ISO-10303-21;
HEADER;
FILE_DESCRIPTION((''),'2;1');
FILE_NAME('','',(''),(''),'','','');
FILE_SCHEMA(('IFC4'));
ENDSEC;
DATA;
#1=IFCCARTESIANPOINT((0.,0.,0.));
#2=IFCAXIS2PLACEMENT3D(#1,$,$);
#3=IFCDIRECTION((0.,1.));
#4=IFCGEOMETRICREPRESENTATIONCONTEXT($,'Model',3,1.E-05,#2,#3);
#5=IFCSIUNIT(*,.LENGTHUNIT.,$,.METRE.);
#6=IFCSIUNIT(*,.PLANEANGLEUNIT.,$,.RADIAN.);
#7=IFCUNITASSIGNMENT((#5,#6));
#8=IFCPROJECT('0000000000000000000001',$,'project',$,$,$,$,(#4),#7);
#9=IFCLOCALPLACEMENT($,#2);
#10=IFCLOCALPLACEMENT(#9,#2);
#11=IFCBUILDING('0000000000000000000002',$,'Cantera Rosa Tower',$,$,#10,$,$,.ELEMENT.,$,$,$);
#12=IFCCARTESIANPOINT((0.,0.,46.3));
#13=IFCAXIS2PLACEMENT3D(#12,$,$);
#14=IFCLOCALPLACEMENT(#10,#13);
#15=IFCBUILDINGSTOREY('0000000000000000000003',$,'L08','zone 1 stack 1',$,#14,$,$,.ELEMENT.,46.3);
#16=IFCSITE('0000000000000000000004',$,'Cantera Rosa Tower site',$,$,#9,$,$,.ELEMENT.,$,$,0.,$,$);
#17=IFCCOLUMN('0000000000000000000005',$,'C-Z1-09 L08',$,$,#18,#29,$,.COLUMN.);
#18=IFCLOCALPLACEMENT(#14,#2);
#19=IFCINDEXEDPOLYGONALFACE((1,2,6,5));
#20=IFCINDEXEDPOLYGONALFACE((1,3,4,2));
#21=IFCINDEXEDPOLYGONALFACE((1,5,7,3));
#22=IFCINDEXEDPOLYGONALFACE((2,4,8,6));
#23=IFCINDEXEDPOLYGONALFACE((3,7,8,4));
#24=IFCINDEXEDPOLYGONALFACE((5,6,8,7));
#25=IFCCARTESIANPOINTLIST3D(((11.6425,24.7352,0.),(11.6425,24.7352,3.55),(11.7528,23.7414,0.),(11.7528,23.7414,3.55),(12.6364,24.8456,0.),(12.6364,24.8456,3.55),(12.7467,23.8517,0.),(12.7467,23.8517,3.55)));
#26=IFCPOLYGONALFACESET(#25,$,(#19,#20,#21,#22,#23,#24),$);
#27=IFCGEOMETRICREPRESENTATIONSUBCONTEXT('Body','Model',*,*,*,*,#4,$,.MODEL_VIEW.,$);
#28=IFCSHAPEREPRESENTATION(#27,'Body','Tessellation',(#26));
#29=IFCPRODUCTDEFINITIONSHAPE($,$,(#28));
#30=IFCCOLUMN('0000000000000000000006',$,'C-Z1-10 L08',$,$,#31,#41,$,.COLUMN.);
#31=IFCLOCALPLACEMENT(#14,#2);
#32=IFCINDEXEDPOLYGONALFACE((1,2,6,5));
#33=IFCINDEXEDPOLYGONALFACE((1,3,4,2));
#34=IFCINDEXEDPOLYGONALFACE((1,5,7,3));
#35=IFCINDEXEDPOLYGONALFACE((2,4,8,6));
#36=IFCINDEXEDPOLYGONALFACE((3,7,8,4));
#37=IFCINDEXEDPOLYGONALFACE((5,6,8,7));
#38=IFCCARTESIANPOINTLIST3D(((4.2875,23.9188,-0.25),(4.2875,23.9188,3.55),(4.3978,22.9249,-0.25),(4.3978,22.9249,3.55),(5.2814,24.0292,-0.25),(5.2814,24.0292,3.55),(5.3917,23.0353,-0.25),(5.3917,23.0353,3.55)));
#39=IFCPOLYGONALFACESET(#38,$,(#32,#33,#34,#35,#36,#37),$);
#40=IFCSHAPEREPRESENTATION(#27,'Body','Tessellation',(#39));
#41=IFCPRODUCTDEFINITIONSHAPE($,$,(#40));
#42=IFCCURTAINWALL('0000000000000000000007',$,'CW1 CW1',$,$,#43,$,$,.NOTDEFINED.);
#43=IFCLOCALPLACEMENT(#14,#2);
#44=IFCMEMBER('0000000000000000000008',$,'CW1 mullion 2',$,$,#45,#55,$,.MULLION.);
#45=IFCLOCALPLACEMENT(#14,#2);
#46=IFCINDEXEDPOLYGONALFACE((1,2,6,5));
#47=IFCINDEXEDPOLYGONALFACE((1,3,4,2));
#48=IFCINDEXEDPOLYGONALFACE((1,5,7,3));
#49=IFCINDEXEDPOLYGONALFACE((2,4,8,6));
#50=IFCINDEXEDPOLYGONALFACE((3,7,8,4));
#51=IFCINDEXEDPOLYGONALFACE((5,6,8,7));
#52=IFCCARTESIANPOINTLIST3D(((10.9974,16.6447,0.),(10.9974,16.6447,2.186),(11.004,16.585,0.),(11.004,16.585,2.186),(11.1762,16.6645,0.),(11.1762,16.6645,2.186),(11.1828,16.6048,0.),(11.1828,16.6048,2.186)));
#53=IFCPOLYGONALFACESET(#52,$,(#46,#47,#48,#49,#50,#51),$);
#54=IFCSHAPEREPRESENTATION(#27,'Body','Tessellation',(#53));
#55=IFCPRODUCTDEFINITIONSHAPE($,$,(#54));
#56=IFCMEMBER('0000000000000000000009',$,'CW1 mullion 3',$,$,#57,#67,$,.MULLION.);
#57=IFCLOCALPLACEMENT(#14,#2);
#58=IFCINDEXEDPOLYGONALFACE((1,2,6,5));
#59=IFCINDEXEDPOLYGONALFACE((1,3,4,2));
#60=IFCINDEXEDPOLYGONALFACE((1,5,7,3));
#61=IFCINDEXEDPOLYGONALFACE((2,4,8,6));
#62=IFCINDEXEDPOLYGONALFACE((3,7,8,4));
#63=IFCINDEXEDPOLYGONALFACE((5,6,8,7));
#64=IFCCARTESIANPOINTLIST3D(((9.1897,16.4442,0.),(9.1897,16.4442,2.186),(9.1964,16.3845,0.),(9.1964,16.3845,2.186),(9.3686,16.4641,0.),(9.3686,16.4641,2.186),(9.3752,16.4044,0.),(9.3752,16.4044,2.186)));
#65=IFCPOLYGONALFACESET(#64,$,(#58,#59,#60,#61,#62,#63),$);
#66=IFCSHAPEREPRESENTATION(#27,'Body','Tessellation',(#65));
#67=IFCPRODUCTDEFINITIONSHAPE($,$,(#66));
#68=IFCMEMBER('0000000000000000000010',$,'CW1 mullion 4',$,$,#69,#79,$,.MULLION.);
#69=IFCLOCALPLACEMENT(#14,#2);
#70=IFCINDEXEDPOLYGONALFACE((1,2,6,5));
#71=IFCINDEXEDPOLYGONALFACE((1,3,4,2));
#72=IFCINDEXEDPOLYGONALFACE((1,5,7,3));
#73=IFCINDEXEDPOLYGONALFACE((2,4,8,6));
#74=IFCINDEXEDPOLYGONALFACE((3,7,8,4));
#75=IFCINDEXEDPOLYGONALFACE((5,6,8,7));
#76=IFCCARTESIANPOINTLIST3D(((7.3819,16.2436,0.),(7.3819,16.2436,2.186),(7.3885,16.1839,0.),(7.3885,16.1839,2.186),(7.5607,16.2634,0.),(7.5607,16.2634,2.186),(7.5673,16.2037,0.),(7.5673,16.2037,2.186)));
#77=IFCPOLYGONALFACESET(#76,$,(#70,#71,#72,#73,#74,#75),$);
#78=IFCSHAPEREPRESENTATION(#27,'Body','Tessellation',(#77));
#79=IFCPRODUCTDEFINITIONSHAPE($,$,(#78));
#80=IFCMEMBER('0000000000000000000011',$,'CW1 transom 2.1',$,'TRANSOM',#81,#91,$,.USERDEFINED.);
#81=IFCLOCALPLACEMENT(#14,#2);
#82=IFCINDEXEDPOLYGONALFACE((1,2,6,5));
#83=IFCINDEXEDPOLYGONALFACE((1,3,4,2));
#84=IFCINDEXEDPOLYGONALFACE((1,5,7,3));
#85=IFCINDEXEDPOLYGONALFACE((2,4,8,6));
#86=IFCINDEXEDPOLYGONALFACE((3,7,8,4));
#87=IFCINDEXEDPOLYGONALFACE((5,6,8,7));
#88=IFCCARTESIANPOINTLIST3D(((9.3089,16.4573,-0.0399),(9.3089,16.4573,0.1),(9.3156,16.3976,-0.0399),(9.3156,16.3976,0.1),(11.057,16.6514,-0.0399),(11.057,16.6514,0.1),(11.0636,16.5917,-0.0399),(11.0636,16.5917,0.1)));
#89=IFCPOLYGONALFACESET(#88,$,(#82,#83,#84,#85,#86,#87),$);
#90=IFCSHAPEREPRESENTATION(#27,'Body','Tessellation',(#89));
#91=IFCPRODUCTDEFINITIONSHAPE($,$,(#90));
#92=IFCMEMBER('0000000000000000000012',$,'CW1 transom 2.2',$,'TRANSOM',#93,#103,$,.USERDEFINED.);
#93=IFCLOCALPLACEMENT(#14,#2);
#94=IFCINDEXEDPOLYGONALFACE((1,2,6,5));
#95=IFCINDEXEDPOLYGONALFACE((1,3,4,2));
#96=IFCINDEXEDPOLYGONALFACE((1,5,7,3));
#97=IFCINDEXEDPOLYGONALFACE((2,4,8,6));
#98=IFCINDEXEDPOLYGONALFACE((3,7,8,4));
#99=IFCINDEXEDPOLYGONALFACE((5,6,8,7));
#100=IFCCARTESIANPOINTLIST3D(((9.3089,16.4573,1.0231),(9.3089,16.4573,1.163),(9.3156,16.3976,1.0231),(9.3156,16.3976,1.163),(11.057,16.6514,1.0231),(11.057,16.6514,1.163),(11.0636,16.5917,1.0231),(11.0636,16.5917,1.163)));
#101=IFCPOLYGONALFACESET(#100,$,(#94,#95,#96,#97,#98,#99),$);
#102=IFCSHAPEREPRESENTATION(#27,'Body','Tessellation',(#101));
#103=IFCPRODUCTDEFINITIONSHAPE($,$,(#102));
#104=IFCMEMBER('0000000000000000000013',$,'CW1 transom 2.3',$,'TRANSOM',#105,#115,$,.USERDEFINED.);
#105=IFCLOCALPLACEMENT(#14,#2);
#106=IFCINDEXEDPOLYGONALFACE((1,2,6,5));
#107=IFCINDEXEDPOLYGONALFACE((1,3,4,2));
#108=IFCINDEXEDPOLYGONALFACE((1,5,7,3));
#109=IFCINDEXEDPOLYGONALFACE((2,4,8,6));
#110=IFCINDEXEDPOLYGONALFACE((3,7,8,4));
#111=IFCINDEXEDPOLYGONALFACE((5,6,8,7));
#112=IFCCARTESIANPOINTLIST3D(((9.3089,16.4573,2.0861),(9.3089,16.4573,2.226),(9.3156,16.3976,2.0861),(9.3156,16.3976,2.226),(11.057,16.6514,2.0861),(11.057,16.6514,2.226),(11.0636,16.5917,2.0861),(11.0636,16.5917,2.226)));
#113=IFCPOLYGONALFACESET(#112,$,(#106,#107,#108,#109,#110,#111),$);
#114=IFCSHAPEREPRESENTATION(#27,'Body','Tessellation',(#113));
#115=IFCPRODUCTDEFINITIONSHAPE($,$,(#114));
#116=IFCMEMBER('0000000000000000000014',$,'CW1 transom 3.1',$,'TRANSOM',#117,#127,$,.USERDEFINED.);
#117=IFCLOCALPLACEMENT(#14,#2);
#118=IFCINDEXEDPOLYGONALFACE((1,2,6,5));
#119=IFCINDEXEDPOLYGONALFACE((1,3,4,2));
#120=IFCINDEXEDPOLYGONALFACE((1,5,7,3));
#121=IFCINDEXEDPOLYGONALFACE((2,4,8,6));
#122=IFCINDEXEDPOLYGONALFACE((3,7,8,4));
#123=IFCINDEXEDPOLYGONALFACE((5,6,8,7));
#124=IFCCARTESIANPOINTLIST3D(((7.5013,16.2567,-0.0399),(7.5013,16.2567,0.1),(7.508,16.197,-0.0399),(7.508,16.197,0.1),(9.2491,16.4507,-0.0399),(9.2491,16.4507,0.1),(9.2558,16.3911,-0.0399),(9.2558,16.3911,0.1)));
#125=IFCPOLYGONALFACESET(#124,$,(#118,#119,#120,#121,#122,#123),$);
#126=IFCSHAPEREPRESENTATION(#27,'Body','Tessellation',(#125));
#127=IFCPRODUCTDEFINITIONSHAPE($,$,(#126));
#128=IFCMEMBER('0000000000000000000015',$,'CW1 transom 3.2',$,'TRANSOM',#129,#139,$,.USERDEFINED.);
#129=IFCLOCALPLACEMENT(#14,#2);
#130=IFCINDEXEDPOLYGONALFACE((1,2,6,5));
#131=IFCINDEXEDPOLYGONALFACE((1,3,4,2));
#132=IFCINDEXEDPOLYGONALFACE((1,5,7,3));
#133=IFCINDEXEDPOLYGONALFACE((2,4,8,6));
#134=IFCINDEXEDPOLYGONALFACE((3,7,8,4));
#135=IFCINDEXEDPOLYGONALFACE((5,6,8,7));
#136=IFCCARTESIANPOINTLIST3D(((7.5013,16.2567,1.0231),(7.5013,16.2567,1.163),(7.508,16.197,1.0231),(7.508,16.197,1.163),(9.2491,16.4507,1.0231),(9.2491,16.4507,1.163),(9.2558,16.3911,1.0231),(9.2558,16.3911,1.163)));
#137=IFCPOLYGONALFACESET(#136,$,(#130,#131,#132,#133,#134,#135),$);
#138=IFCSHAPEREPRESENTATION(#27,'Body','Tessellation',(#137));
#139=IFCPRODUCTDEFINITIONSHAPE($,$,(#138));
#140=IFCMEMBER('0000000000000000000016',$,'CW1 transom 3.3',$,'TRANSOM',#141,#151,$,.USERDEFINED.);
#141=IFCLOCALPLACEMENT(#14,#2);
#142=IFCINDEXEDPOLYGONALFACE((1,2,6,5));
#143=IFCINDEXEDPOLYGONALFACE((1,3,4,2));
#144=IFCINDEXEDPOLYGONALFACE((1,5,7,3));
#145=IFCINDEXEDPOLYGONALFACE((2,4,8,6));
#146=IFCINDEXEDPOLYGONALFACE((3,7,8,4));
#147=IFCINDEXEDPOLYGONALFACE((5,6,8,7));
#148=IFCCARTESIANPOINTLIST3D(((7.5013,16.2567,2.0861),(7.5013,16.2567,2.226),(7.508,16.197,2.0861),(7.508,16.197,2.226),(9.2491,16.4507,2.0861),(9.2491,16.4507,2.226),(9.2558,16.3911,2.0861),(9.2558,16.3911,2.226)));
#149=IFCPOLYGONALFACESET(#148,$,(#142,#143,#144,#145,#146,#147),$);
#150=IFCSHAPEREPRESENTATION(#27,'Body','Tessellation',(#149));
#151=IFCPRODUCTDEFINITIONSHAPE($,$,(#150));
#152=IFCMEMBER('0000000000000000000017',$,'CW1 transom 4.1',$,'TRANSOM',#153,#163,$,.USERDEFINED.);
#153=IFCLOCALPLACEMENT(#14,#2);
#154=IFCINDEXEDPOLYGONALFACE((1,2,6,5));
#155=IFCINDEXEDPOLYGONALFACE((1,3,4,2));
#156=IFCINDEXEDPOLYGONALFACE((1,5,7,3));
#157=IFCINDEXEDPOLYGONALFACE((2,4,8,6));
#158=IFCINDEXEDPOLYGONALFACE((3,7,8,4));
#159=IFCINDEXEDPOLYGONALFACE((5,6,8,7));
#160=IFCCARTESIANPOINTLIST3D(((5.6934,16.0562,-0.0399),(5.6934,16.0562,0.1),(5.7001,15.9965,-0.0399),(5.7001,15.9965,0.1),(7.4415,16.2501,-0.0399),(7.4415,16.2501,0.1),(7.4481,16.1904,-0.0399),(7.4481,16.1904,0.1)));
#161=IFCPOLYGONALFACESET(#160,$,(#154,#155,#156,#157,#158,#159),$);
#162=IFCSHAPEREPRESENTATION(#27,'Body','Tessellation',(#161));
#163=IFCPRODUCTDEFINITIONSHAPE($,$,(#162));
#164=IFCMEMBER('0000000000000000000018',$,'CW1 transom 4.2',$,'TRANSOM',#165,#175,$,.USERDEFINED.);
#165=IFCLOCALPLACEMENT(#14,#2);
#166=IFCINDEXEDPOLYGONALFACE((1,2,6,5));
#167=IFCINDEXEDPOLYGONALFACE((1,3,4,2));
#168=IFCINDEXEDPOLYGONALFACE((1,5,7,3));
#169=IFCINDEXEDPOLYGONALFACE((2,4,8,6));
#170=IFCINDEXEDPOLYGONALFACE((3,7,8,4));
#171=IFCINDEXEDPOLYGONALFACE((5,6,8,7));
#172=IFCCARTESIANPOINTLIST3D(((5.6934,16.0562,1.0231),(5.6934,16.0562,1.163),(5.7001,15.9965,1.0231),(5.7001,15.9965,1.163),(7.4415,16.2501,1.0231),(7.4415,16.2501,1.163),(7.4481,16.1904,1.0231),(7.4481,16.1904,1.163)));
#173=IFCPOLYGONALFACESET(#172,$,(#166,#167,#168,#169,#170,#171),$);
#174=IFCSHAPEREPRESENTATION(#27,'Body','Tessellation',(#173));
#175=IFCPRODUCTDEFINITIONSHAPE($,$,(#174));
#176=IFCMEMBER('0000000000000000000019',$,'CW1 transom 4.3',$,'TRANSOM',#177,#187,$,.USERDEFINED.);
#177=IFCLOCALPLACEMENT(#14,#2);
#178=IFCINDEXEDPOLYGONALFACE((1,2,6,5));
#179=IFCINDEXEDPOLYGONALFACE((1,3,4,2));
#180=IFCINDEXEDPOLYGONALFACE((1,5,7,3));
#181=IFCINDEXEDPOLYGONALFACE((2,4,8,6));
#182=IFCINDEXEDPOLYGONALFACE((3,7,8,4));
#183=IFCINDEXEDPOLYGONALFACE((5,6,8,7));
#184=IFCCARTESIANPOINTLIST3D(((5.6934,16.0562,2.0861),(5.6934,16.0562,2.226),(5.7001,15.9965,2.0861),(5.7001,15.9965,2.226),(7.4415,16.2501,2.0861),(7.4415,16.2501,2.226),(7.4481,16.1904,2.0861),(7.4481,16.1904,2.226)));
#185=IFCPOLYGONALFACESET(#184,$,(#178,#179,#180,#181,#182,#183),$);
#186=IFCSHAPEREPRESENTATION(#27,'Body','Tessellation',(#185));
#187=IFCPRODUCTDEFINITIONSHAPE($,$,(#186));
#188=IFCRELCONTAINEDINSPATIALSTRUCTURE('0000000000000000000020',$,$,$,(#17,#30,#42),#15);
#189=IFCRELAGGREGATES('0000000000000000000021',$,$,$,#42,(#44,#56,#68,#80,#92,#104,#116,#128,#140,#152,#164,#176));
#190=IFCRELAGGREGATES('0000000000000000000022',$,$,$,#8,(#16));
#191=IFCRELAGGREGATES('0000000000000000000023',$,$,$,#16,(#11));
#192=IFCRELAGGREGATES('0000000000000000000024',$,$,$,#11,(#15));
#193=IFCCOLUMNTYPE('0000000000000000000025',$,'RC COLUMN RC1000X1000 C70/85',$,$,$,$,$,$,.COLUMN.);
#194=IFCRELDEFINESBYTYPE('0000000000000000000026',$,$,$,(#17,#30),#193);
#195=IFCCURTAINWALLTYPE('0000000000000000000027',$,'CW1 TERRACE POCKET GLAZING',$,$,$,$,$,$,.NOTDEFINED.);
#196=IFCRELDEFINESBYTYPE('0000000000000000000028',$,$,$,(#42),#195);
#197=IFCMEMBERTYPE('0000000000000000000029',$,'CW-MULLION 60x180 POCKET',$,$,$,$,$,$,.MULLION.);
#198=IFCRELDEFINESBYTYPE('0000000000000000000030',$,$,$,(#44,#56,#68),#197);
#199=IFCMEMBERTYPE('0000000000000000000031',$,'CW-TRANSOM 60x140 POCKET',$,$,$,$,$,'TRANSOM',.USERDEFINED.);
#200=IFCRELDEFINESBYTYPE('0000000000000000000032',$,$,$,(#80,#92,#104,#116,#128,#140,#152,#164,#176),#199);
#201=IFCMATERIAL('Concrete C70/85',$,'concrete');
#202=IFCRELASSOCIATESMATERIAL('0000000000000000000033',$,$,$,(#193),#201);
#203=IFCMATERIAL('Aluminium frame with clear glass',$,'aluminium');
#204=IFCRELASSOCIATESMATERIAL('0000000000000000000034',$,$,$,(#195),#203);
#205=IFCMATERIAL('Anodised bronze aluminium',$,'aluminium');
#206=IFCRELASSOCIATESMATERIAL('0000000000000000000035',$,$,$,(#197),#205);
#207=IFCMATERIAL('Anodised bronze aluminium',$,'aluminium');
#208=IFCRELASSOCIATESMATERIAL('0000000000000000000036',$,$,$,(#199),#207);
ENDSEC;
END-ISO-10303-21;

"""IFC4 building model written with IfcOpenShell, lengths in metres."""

from ifc_helpers import new_model, si_unit, direction, frame, origin, origin_2d, place, context, subcontext, project, spatial, rectangle, extrude, material, material_profile, profile_set, type_object, element, aggregate, save


model = new_model("IFC4")

# Units and contexts
model_context = context("Model", 3, precision=1e-05, world=origin(), true_north=direction((0.0, 1.0)))
body_context = subcontext(model_context, "Body", "Model", "MODEL_VIEW")
ifc_project = project(units=[si_unit("LENGTHUNIT", "METRE"), si_unit("PLANEANGLEUNIT", "RADIAN")], contexts=[model_context])

# Site, building, storey
site_placement = place(None, origin())
site = spatial("IfcSite", under=ifc_project, at=site_placement, Name="Cantera Rosa Tower site", CompositionType="ELEMENT", RefElevation=0.0)
building_placement = place(site_placement, origin())
building = spatial("IfcBuilding", under=site, at=building_placement, Name="Cantera Rosa Tower", CompositionType="ELEMENT")
storey_placement = place(building_placement, frame((0.0, 0.0, 46.3)))
storey = spatial("IfcBuildingStorey", under=building, at=storey_placement, Name="L08", Description="zone 1 stack 1", CompositionType="ELEMENT", Elevation=46.3)

# Columns
ifc_material_1 = material(Name="Concrete C70/85", Category="concrete")
ifc_material_profile_1 = material_profile(ifc_material_1, rectangle(XDim=1.0, YDim=1.0, at=origin_2d()), Name="RC COLUMN RC1000X1000 C70/85")
ifc_profile_set_1 = profile_set([ifc_material_profile_1], Name="Concrete C70/85")
column_type = type_object("IfcColumnType", Name="RC COLUMN RC1000X1000 C70/85", PredefinedType="COLUMN", material=ifc_profile_set_1)
column_1_placement = place(storey_placement, frame((12.1946, 24.2935, 0.0), z_axis=(0.0, 0.0, 1.0), x_axis=(0.993897, 0.110313, 0.0)))
element("IfcColumn", 1, at=column_1_placement, inside=storey, type_object=column_type, Name="C-Z1-09 L08", PredefinedType="COLUMN", context=body_context, shape_type="SweptSolid", body=[
    extrude(rectangle(XDim=1.0, YDim=1.0, at=origin_2d()), origin(), (0.0, 0.0, 1.0), 3.55),
])
column_2_placement = place(storey_placement, frame((4.8396, 23.4771, -0.25), z_axis=(0.0, 0.0, 1.0), x_axis=(0.993897, 0.110313, 0.0)))
element("IfcColumn", 2, at=column_2_placement, inside=storey, type_object=column_type, Name="C-Z1-10 L08", PredefinedType="COLUMN", context=body_context, shape_type="SweptSolid", body=[
    extrude(rectangle(XDim=1.0, YDim=1.0, at=origin_2d()), origin(), (0.0, 0.0, 1.0), 3.8),
])

# Curtain wall, members
ifc_material_2 = material(Name="Aluminium frame with clear glass", Category="aluminium")
curtain_wall_type = type_object("IfcCurtainWallType", Name="CW1 TERRACE POCKET GLAZING", PredefinedType="NOTDEFINED", material=ifc_material_2)
curtain_wall_placement = place(storey_placement, origin())
curtain_wall = element("IfcCurtainWall", 3, at=curtain_wall_placement, inside=storey, type_object=curtain_wall_type, Name="CW1 CW1", PredefinedType="NOTDEFINED")
ifc_material_3 = material(Name="Anodised bronze aluminium", Category="aluminium")
ifc_material_profile_2 = material_profile(ifc_material_3, rectangle(XDim=0.0601, YDim=0.1799, at=origin_2d()), Name="CW-MULLION 60x180 POCKET")
ifc_profile_set_2 = profile_set([ifc_material_profile_2], Name="Anodised bronze aluminium")
member_type_1 = type_object("IfcMemberType", Name="CW-MULLION 60x180 POCKET", PredefinedType="MULLION", material=ifc_profile_set_2)
member_1_placement = place(storey_placement, frame((11.0901, 16.6248, 0.0), z_axis=(0.0, 0.0, 1.0), x_axis=(0.110313, -0.993897, 0.0)))
member_1 = element("IfcMember", 4, at=member_1_placement, type_object=member_type_1, Name="CW1 mullion 2", PredefinedType="MULLION", context=body_context, shape_type="SweptSolid", body=[
    extrude(rectangle(XDim=0.0601, YDim=0.1799, at=origin_2d()), origin(), (0.0, 0.0, 1.0), 2.186),
])
member_2_placement = place(storey_placement, frame((9.2825, 16.4243, 0.0), z_axis=(0.0, 0.0, 1.0), x_axis=(0.110313, -0.993897, 0.0)))
member_2 = element("IfcMember", 5, at=member_2_placement, type_object=member_type_1, Name="CW1 mullion 3", PredefinedType="MULLION", context=body_context, shape_type="SweptSolid", body=[
    extrude(rectangle(XDim=0.0601, YDim=0.1799, at=origin_2d()), origin(), (0.0, 0.0, 1.0), 2.186),
])
member_3_placement = place(storey_placement, frame((7.4746, 16.2236, 0.0), z_axis=(0.0, 0.0, 1.0), x_axis=(0.110313, -0.993897, 0.0)))
member_3 = element("IfcMember", 6, at=member_3_placement, type_object=member_type_1, Name="CW1 mullion 4", PredefinedType="MULLION", context=body_context, shape_type="SweptSolid", body=[
    extrude(rectangle(XDim=0.0601, YDim=0.1799, at=origin_2d()), origin(), (0.0, 0.0, 1.0), 2.186),
])
ifc_material_4 = material(Name="Anodised bronze aluminium", Category="aluminium")
ifc_material_profile_3 = material_profile(ifc_material_4, rectangle(XDim=0.0601, YDim=0.1399, at=origin_2d()), Name="CW-TRANSOM 60x140 POCKET")
ifc_profile_set_3 = profile_set([ifc_material_profile_3], Name="Anodised bronze aluminium")
member_type_2 = type_object("IfcMemberType", Name="CW-TRANSOM 60x140 POCKET", ElementType="TRANSOM", PredefinedType="USERDEFINED", material=ifc_profile_set_3)
member_4_placement = place(storey_placement, frame((11.0603, 16.6216, 0.03), z_axis=(-0.993892, -0.110355, 0.0), x_axis=(0.110355, -0.993892, 0.0)))
member_4 = element("IfcMember", 7, at=member_4_placement, type_object=member_type_2, Name="CW1 transom 2.1", ObjectType="TRANSOM", PredefinedType="USERDEFINED", context=body_context, shape_type="SweptSolid", body=[
    extrude(rectangle(XDim=0.0601, YDim=0.1399, at=origin_2d()), origin(), (0.0, 0.0, 1.0), 1.7588),
])
member_5_placement = place(storey_placement, frame((11.0603, 16.6216, 1.093), z_axis=(-0.993892, -0.110355, 0.0), x_axis=(0.110355, -0.993892, 0.0)))
member_5 = element("IfcMember", 8, at=member_5_placement, type_object=member_type_2, Name="CW1 transom 2.2", ObjectType="TRANSOM", PredefinedType="USERDEFINED", context=body_context, shape_type="SweptSolid", body=[
    extrude(rectangle(XDim=0.0601, YDim=0.1399, at=origin_2d()), origin(), (0.0, 0.0, 1.0), 1.7588),
])
member_6_placement = place(storey_placement, frame((11.0603, 16.6216, 2.156), z_axis=(-0.993892, -0.110355, 0.0), x_axis=(0.110355, -0.993892, 0.0)))
member_6 = element("IfcMember", 9, at=member_6_placement, type_object=member_type_2, Name="CW1 transom 2.3", ObjectType="TRANSOM", PredefinedType="USERDEFINED", context=body_context, shape_type="SweptSolid", body=[
    extrude(rectangle(XDim=0.0601, YDim=0.1399, at=origin_2d()), origin(), (0.0, 0.0, 1.0), 1.7588),
])
member_7_placement = place(storey_placement, frame((9.2524, 16.4209, 0.03), z_axis=(-0.993891, -0.110371, 0.0), x_axis=(0.110371, -0.993891, 0.0)))
member_7 = element("IfcMember", 10, at=member_7_placement, type_object=member_type_2, Name="CW1 transom 3.1", ObjectType="TRANSOM", PredefinedType="USERDEFINED", context=body_context, shape_type="SweptSolid", body=[
    extrude(rectangle(XDim=0.0601, YDim=0.1399, at=origin_2d()), origin(), (0.0, 0.0, 1.0), 1.7585),
])
member_8_placement = place(storey_placement, frame((9.2524, 16.4209, 1.093), z_axis=(-0.993891, -0.110371, 0.0), x_axis=(0.110371, -0.993891, 0.0)))
member_8 = element("IfcMember", 11, at=member_8_placement, type_object=member_type_2, Name="CW1 transom 3.2", ObjectType="TRANSOM", PredefinedType="USERDEFINED", context=body_context, shape_type="SweptSolid", body=[
    extrude(rectangle(XDim=0.0601, YDim=0.1399, at=origin_2d()), origin(), (0.0, 0.0, 1.0), 1.7585),
])
member_9_placement = place(storey_placement, frame((9.2524, 16.4209, 2.156), z_axis=(-0.993891, -0.110371, 0.0), x_axis=(0.110371, -0.993891, 0.0)))
member_9 = element("IfcMember", 12, at=member_9_placement, type_object=member_type_2, Name="CW1 transom 3.3", ObjectType="TRANSOM", PredefinedType="USERDEFINED", context=body_context, shape_type="SweptSolid", body=[
    extrude(rectangle(XDim=0.0601, YDim=0.1399, at=origin_2d()), origin(), (0.0, 0.0, 1.0), 1.7585),
])
member_10_placement = place(storey_placement, frame((7.4448, 16.2202, 0.03), z_axis=(-0.993907, -0.110218, 0.0), x_axis=(0.110218, -0.993907, 0.0)))
member_10 = element("IfcMember", 13, at=member_10_placement, type_object=member_type_2, Name="CW1 transom 4.1", ObjectType="TRANSOM", PredefinedType="USERDEFINED", context=body_context, shape_type="SweptSolid", body=[
    extrude(rectangle(XDim=0.0601, YDim=0.1399, at=origin_2d()), origin(), (0.0, 0.0, 1.0), 1.7588),
])
member_11_placement = place(storey_placement, frame((7.4448, 16.2202, 1.093), z_axis=(-0.993907, -0.110218, 0.0), x_axis=(0.110218, -0.993907, 0.0)))
member_11 = element("IfcMember", 14, at=member_11_placement, type_object=member_type_2, Name="CW1 transom 4.2", ObjectType="TRANSOM", PredefinedType="USERDEFINED", context=body_context, shape_type="SweptSolid", body=[
    extrude(rectangle(XDim=0.0601, YDim=0.1399, at=origin_2d()), origin(), (0.0, 0.0, 1.0), 1.7588),
])
member_12_placement = place(storey_placement, frame((7.4448, 16.2202, 2.156), z_axis=(-0.993907, -0.110218, 0.0), x_axis=(0.110218, -0.993907, 0.0)))
member_12 = element("IfcMember", 15, at=member_12_placement, type_object=member_type_2, Name="CW1 transom 4.3", ObjectType="TRANSOM", PredefinedType="USERDEFINED", context=body_context, shape_type="SweptSolid", body=[
    extrude(rectangle(XDim=0.0601, YDim=0.1399, at=origin_2d()), origin(), (0.0, 0.0, 1.0), 1.7588),
])

aggregate(curtain_wall, [member_1, member_2, member_3, member_4, member_5, member_6, member_7, member_8, member_9, member_10, member_11, member_12])

save(model, "model.ifc")
